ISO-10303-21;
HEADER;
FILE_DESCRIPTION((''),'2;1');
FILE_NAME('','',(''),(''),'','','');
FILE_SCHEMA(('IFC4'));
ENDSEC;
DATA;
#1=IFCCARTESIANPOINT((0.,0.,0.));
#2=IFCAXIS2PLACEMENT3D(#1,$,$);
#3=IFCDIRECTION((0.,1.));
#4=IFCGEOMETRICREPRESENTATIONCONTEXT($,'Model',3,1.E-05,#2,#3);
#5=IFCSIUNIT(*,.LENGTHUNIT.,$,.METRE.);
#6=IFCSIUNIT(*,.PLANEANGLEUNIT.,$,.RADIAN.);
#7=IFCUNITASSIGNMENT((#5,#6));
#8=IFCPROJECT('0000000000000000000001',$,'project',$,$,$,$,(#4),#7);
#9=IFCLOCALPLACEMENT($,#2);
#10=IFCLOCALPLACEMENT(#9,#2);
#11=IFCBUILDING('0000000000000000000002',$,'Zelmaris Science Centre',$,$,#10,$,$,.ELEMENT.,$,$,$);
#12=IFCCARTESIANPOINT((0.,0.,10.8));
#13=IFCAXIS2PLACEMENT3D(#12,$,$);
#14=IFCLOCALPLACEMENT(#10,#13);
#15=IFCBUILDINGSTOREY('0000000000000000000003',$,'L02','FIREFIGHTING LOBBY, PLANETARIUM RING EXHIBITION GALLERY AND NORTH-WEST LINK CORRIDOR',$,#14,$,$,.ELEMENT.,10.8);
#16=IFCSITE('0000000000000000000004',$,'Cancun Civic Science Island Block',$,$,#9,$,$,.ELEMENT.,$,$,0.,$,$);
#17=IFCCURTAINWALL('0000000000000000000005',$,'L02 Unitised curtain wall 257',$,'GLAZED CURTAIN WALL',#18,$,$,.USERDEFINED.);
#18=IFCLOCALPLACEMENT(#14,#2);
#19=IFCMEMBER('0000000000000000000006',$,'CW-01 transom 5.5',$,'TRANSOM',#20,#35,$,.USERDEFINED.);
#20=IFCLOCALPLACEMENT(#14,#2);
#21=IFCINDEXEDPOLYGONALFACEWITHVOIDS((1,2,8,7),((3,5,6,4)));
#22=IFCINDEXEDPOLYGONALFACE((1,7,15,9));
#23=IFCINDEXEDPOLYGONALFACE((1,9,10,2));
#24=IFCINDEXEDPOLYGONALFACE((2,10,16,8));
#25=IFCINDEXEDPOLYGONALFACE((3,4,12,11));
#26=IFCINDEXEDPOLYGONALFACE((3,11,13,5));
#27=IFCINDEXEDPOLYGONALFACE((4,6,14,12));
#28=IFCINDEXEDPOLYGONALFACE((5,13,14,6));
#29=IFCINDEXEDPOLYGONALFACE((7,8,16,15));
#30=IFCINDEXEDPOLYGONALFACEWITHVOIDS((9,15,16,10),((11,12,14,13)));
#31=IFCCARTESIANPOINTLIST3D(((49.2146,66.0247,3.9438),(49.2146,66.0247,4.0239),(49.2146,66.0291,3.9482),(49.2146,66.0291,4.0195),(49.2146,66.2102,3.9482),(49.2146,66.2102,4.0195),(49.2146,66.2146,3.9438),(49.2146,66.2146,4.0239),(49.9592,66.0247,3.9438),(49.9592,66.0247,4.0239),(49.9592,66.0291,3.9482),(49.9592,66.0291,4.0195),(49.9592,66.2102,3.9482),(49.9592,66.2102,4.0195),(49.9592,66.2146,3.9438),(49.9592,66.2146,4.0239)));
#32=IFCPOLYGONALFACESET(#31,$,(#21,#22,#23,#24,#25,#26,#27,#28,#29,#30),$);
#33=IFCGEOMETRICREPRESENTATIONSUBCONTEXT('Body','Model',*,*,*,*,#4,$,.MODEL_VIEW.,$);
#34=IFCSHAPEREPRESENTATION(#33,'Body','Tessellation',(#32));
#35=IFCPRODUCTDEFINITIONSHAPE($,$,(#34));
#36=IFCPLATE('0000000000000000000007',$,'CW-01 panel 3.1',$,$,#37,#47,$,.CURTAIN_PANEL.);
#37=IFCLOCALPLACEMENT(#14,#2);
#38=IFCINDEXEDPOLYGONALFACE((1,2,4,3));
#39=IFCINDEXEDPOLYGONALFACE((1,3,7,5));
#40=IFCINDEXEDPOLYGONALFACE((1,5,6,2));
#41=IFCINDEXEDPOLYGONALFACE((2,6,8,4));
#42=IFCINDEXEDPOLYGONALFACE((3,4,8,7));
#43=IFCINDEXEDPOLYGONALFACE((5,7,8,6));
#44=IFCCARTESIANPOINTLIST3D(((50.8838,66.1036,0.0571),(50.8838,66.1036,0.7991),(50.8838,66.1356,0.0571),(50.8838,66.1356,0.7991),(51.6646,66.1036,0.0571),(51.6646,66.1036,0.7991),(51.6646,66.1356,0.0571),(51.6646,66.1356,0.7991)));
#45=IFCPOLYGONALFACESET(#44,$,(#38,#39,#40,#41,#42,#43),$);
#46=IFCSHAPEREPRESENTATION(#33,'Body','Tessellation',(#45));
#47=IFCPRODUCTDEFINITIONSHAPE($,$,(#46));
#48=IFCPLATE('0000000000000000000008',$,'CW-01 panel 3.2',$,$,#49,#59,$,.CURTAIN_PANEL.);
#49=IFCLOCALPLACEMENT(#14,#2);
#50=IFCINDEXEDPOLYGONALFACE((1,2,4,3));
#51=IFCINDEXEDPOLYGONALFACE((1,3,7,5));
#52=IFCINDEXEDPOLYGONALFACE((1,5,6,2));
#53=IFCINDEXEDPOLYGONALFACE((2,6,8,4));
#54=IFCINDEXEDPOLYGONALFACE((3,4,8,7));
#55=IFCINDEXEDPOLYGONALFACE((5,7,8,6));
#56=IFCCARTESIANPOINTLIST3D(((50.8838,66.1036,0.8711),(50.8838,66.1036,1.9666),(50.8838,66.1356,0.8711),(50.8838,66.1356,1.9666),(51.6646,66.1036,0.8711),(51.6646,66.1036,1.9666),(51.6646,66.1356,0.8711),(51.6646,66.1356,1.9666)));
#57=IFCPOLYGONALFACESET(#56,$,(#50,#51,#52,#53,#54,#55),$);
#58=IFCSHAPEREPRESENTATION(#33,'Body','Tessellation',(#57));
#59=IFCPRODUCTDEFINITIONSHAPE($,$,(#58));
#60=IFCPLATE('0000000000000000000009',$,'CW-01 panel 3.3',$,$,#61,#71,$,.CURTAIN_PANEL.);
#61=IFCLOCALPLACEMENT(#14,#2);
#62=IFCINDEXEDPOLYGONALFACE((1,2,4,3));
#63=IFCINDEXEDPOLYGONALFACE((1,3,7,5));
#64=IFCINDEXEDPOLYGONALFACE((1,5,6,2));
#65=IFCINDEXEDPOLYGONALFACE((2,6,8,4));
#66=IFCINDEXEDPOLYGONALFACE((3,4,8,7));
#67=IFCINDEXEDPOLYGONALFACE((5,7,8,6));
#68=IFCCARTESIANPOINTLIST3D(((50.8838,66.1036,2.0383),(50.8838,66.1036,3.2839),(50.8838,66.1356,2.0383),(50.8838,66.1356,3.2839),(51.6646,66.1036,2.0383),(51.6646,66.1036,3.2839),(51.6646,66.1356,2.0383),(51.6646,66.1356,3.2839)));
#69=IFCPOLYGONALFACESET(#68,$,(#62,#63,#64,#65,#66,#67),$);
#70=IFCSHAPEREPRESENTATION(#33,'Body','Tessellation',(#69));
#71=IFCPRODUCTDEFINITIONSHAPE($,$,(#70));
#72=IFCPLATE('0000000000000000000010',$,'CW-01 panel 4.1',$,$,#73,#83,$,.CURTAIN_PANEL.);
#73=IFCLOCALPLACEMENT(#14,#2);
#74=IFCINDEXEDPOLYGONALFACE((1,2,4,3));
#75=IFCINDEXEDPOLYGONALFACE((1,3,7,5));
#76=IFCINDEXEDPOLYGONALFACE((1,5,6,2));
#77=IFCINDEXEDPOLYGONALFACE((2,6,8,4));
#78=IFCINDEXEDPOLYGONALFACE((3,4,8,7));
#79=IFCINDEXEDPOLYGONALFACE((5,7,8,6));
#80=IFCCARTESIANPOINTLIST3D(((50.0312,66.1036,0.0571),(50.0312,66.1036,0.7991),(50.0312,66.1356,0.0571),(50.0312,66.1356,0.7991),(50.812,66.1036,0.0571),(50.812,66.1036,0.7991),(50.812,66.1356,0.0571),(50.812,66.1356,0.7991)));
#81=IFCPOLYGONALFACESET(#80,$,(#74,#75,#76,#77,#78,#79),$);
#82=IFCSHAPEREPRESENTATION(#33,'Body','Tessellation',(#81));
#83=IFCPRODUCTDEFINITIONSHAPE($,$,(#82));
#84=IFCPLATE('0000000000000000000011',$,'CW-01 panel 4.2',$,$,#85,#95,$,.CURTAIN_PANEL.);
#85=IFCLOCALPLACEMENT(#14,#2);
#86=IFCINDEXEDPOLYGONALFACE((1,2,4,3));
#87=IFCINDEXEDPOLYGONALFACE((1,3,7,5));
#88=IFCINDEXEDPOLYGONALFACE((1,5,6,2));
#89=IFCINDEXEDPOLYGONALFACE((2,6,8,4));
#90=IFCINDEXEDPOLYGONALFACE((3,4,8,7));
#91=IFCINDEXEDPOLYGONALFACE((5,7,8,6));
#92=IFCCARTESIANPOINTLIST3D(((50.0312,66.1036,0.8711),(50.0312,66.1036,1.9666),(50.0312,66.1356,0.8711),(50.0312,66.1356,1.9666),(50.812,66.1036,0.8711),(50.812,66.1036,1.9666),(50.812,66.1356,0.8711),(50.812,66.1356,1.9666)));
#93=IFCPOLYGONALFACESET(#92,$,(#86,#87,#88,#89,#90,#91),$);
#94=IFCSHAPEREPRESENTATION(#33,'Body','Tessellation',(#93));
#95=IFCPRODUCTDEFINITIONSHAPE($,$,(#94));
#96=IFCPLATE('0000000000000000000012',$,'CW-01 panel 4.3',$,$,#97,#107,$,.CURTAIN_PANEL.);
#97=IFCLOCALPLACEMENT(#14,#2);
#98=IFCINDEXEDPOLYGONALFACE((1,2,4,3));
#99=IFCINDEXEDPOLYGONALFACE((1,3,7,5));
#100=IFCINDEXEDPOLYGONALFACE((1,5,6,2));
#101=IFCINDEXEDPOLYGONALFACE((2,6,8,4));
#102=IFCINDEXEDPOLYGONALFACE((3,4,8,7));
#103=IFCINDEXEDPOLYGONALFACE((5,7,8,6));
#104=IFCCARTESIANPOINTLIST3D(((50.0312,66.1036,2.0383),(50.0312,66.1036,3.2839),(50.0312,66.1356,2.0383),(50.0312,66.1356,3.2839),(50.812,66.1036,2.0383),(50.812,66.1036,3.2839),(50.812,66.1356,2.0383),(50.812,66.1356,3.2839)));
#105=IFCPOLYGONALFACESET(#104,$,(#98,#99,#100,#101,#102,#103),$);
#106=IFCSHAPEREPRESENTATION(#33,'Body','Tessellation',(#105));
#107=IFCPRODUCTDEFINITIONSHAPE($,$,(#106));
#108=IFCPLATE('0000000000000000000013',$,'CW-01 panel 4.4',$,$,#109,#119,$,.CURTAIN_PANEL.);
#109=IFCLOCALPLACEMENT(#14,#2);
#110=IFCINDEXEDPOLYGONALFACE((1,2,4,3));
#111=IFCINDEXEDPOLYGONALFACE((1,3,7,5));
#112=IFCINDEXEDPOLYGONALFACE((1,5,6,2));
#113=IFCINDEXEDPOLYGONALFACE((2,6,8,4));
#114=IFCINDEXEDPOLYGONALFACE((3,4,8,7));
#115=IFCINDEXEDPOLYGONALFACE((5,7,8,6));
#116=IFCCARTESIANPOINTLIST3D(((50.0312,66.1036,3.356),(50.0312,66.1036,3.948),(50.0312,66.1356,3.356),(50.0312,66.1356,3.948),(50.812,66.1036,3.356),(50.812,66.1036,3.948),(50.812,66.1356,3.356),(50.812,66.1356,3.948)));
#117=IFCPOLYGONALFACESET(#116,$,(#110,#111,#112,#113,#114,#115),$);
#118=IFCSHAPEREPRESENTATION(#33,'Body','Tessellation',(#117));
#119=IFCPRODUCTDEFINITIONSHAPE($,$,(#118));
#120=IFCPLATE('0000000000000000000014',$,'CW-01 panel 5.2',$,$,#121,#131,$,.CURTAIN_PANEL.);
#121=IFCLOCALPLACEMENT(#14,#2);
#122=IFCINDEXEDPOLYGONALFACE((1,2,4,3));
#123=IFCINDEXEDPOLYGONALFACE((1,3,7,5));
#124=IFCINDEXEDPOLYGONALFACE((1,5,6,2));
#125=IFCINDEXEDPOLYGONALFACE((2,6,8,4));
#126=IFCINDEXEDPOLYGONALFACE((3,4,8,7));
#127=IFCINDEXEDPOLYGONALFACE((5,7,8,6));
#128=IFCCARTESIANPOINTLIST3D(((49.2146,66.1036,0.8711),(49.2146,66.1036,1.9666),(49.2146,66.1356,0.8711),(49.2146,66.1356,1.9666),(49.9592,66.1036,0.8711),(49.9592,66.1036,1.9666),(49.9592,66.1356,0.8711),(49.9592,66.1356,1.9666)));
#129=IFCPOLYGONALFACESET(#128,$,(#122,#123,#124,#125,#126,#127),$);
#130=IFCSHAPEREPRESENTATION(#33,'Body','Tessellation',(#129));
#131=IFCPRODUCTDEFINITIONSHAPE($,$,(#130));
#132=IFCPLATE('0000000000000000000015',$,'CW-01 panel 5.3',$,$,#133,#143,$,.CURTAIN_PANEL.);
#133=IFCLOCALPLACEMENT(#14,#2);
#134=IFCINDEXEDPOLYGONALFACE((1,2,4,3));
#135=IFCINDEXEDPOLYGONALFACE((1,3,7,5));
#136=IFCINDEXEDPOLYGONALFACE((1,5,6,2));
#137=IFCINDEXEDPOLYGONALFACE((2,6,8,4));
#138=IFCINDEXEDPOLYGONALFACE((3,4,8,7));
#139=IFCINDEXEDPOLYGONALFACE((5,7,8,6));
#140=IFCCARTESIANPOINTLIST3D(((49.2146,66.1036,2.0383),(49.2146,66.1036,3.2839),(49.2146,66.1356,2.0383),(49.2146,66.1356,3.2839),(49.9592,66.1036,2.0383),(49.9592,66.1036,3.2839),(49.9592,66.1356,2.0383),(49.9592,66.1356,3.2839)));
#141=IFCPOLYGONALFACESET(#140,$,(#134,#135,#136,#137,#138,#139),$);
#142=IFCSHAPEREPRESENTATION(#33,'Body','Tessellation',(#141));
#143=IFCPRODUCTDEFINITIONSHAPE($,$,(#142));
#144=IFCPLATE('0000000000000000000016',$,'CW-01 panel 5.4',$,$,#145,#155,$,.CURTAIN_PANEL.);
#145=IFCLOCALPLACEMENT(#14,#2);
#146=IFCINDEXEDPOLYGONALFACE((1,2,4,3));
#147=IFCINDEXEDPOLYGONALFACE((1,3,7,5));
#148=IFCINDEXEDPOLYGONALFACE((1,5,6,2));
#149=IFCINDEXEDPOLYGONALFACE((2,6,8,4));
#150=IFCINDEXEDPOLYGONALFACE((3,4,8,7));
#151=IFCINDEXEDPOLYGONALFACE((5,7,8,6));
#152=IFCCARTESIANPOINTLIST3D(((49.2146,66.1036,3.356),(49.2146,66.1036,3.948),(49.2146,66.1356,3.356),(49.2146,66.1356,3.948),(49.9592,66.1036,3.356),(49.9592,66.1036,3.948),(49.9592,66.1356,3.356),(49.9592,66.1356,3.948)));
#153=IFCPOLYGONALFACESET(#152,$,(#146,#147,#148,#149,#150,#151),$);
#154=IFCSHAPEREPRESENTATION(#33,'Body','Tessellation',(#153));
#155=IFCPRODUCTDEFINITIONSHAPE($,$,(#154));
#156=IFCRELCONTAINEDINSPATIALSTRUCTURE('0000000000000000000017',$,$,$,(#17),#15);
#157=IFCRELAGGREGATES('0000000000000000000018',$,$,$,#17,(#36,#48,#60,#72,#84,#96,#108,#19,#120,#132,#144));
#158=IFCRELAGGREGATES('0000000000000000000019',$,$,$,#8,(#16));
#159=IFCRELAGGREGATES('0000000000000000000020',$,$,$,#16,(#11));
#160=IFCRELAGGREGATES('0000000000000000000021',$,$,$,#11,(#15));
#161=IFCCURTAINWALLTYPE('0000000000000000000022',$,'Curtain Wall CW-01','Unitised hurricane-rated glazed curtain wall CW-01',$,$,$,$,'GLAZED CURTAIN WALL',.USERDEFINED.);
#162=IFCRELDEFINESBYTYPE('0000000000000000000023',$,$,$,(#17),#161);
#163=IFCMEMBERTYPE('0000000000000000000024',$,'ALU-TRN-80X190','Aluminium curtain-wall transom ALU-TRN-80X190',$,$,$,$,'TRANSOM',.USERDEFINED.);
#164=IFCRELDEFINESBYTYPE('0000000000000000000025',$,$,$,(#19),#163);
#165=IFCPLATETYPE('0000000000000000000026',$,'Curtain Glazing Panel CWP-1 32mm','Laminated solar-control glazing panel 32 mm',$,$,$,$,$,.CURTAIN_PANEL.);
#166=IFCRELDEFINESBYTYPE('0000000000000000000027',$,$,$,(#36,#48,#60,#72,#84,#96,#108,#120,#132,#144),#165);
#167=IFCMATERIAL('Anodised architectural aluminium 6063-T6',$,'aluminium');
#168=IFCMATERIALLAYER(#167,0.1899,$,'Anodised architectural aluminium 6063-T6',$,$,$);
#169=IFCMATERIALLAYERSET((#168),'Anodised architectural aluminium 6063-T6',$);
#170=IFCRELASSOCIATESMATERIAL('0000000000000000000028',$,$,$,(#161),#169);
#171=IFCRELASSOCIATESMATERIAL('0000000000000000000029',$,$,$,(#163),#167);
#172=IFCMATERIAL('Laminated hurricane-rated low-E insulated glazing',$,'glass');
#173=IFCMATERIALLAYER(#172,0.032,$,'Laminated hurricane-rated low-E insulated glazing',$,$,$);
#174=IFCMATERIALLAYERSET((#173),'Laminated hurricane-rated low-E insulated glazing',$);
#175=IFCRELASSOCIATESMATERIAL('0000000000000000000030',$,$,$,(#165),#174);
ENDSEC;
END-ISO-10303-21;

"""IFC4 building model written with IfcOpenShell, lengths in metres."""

from ifc_helpers import new_model, si_unit, direction, frame, origin, origin_2d, place, context, subcontext, project, spatial, rectangle, hollow_rectangle, extrude, material, layer, layer_set, material_profile, profile_set, type_object, element, aggregate, save


model = new_model("IFC4")

# Units and contexts
model_context = context("Model", 3, precision=1e-05, world=origin(), true_north=direction((0.0, 1.0)))
body_context = subcontext(model_context, "Body", "Model", "MODEL_VIEW")
ifc_project = project(units=[si_unit("LENGTHUNIT", "METRE"), si_unit("PLANEANGLEUNIT", "RADIAN")], contexts=[model_context])

# Site, building, storey
site_placement = place(None, origin())
site = spatial("IfcSite", under=ifc_project, at=site_placement, Name="Cancun Civic Science Island Block", CompositionType="ELEMENT", RefElevation=0.0)
building_placement = place(site_placement, origin())
building = spatial("IfcBuilding", under=site, at=building_placement, Name="Zelmaris Science Centre", CompositionType="ELEMENT")
storey_placement = place(building_placement, frame((0.0, 0.0, 10.8)))
storey = spatial("IfcBuildingStorey", under=building, at=storey_placement, Name="L02", Description="FIREFIGHTING LOBBY, PLANETARIUM RING EXHIBITION GALLERY AND NORTH-WEST LINK CORRIDOR", CompositionType="ELEMENT", Elevation=10.8)

# Curtain wall, member, plates
ifc_material_1 = material(Name="Anodised architectural aluminium 6063-T6", Category="aluminium")
ifc_layer_1 = layer(ifc_material_1, 0.1899, Name="Anodised architectural aluminium 6063-T6")
ifc_layer_set_1 = layer_set([ifc_layer_1], Name="Anodised architectural aluminium 6063-T6")
curtain_wall_type = type_object("IfcCurtainWallType", Name="Curtain Wall CW-01", Description="Unitised hurricane-rated glazed curtain wall CW-01", ElementType="GLAZED CURTAIN WALL", PredefinedType="USERDEFINED", material=ifc_layer_set_1)
curtain_wall_placement = place(storey_placement, origin())
curtain_wall = element("IfcCurtainWall", 1, at=curtain_wall_placement, inside=storey, type_object=curtain_wall_type, Name="L02 Unitised curtain wall 257", ObjectType="GLAZED CURTAIN WALL", PredefinedType="USERDEFINED")
ifc_material_profile_1 = material_profile(ifc_material_1, hollow_rectangle(XDim=0.0801, YDim=0.1899, WallThickness=0.0044, at=origin_2d()), Name="ALU-TRN-80X190")
ifc_profile_set_1 = profile_set([ifc_material_profile_1], Name="Anodised architectural aluminium 6063-T6")
member_type_1 = type_object("IfcMemberType", Name="ALU-TRN-80X190", Description="Aluminium curtain-wall transom ALU-TRN-80X190", ElementType="TRANSOM", PredefinedType="USERDEFINED", material=ifc_profile_set_1)
member_1_placement = place(storey_placement, frame((49.9592, 66.1196, 3.9839), z_axis=(-1.0, 0.0, 0.0), x_axis=(0.0, 0.0, 1.0)))
member_1 = element("IfcMember", 2, at=member_1_placement, type_object=member_type_1, Name="CW-01 transom 5.5", ObjectType="TRANSOM", PredefinedType="USERDEFINED", context=body_context, shape_type="SweptSolid", body=[
    extrude(hollow_rectangle(XDim=0.0801, YDim=0.1899, WallThickness=0.0044, at=origin_2d()), origin(), (0.0, 0.0, 1.0), 0.7446),
])
ifc_material_2 = material(Name="Laminated hurricane-rated low-E insulated glazing", Category="glass")
ifc_layer_2 = layer(ifc_material_2, 0.032, Name="Laminated hurricane-rated low-E insulated glazing")
ifc_layer_set_2 = layer_set([ifc_layer_2], Name="Laminated hurricane-rated low-E insulated glazing")
plate_type = type_object("IfcPlateType", Name="Curtain Glazing Panel CWP-1 32mm", Description="Laminated solar-control glazing panel 32 mm", PredefinedType="CURTAIN_PANEL", material=ifc_layer_set_2)
plate_1_placement = place(storey_placement, frame((51.2742, 66.1196, 0.0571), z_axis=(0.0, 0.0, 1.0), x_axis=(-1.0, 0.0, 0.0)))
plate_1 = element("IfcPlate", 3, at=plate_1_placement, type_object=plate_type, Name="CW-01 panel 3.1", PredefinedType="CURTAIN_PANEL", context=body_context, shape_type="SweptSolid", body=[
    extrude(rectangle(XDim=0.7808, YDim=0.032, at=origin_2d()), origin(), (0.0, 0.0, 1.0), 0.7419),
])
plate_2_placement = place(storey_placement, frame((51.2742, 66.1196, 0.8711), z_axis=(0.0, 0.0, 1.0), x_axis=(-1.0, 0.0, 0.0)))
plate_2 = element("IfcPlate", 4, at=plate_2_placement, type_object=plate_type, Name="CW-01 panel 3.2", PredefinedType="CURTAIN_PANEL", context=body_context, shape_type="SweptSolid", body=[
    extrude(rectangle(XDim=0.7808, YDim=0.032, at=origin_2d()), origin(), (0.0, 0.0, 1.0), 1.0955),
])
plate_3_placement = place(storey_placement, frame((51.2742, 66.1196, 2.0383), z_axis=(0.0, 0.0, 1.0), x_axis=(-1.0, 0.0, 0.0)))
plate_3 = element("IfcPlate", 5, at=plate_3_placement, type_object=plate_type, Name="CW-01 panel 3.3", PredefinedType="CURTAIN_PANEL", context=body_context, shape_type="SweptSolid", body=[
    extrude(rectangle(XDim=0.7808, YDim=0.032, at=origin_2d()), origin(), (0.0, 0.0, 1.0), 1.2456),
])
plate_4_placement = place(storey_placement, frame((50.4216, 66.1196, 0.0571), z_axis=(0.0, 0.0, 1.0), x_axis=(-1.0, 0.0, 0.0)))
plate_4 = element("IfcPlate", 6, at=plate_4_placement, type_object=plate_type, Name="CW-01 panel 4.1", PredefinedType="CURTAIN_PANEL", context=body_context, shape_type="SweptSolid", body=[
    extrude(rectangle(XDim=0.7808, YDim=0.032, at=origin_2d()), origin(), (0.0, 0.0, 1.0), 0.7419),
])
plate_5_placement = place(storey_placement, frame((50.4216, 66.1196, 0.8711), z_axis=(0.0, 0.0, 1.0), x_axis=(-1.0, 0.0, 0.0)))
plate_5 = element("IfcPlate", 7, at=plate_5_placement, type_object=plate_type, Name="CW-01 panel 4.2", PredefinedType="CURTAIN_PANEL", context=body_context, shape_type="SweptSolid", body=[
    extrude(rectangle(XDim=0.7808, YDim=0.032, at=origin_2d()), origin(), (0.0, 0.0, 1.0), 1.0955),
])
plate_6_placement = place(storey_placement, frame((50.4216, 66.1196, 2.0383), z_axis=(0.0, 0.0, 1.0), x_axis=(-1.0, 0.0, 0.0)))
plate_6 = element("IfcPlate", 8, at=plate_6_placement, type_object=plate_type, Name="CW-01 panel 4.3", PredefinedType="CURTAIN_PANEL", context=body_context, shape_type="SweptSolid", body=[
    extrude(rectangle(XDim=0.7808, YDim=0.032, at=origin_2d()), origin(), (0.0, 0.0, 1.0), 1.2456),
])
plate_7_placement = place(storey_placement, frame((50.4216, 66.1196, 3.356), z_axis=(0.0, 0.0, 1.0), x_axis=(-1.0, 0.0, 0.0)))
plate_7 = element("IfcPlate", 9, at=plate_7_placement, type_object=plate_type, Name="CW-01 panel 4.4", PredefinedType="CURTAIN_PANEL", context=body_context, shape_type="SweptSolid", body=[
    extrude(rectangle(XDim=0.7808, YDim=0.032, at=origin_2d()), origin(), (0.0, 0.0, 1.0), 0.592),
])
plate_8_placement = place(storey_placement, frame((49.5869, 66.1196, 0.8711), z_axis=(0.0, 0.0, 1.0), x_axis=(-1.0, 0.0, 0.0)))
plate_8 = element("IfcPlate", 10, at=plate_8_placement, type_object=plate_type, Name="CW-01 panel 5.2", PredefinedType="CURTAIN_PANEL", context=body_context, shape_type="SweptSolid", body=[
    extrude(rectangle(XDim=0.7446, YDim=0.032, at=origin_2d()), origin(), (0.0, 0.0, 1.0), 1.0955),
])
plate_9_placement = place(storey_placement, frame((49.5869, 66.1196, 2.0383), z_axis=(0.0, 0.0, 1.0), x_axis=(-1.0, 0.0, 0.0)))
plate_9 = element("IfcPlate", 11, at=plate_9_placement, type_object=plate_type, Name="CW-01 panel 5.3", PredefinedType="CURTAIN_PANEL", context=body_context, shape_type="SweptSolid", body=[
    extrude(rectangle(XDim=0.7446, YDim=0.032, at=origin_2d()), origin(), (0.0, 0.0, 1.0), 1.2456),
])
plate_10_placement = place(storey_placement, frame((49.5869, 66.1196, 3.356), z_axis=(0.0, 0.0, 1.0), x_axis=(-1.0, 0.0, 0.0)))
plate_10 = element("IfcPlate", 12, at=plate_10_placement, type_object=plate_type, Name="CW-01 panel 5.4", PredefinedType="CURTAIN_PANEL", context=body_context, shape_type="SweptSolid", body=[
    extrude(rectangle(XDim=0.7446, YDim=0.032, at=origin_2d()), origin(), (0.0, 0.0, 1.0), 0.592),
])
aggregate(curtain_wall, [plate_1, plate_2, plate_3, plate_4, plate_5, plate_6, plate_7, member_1, plate_8, plate_9, plate_10])

save(model, "model.ifc")
